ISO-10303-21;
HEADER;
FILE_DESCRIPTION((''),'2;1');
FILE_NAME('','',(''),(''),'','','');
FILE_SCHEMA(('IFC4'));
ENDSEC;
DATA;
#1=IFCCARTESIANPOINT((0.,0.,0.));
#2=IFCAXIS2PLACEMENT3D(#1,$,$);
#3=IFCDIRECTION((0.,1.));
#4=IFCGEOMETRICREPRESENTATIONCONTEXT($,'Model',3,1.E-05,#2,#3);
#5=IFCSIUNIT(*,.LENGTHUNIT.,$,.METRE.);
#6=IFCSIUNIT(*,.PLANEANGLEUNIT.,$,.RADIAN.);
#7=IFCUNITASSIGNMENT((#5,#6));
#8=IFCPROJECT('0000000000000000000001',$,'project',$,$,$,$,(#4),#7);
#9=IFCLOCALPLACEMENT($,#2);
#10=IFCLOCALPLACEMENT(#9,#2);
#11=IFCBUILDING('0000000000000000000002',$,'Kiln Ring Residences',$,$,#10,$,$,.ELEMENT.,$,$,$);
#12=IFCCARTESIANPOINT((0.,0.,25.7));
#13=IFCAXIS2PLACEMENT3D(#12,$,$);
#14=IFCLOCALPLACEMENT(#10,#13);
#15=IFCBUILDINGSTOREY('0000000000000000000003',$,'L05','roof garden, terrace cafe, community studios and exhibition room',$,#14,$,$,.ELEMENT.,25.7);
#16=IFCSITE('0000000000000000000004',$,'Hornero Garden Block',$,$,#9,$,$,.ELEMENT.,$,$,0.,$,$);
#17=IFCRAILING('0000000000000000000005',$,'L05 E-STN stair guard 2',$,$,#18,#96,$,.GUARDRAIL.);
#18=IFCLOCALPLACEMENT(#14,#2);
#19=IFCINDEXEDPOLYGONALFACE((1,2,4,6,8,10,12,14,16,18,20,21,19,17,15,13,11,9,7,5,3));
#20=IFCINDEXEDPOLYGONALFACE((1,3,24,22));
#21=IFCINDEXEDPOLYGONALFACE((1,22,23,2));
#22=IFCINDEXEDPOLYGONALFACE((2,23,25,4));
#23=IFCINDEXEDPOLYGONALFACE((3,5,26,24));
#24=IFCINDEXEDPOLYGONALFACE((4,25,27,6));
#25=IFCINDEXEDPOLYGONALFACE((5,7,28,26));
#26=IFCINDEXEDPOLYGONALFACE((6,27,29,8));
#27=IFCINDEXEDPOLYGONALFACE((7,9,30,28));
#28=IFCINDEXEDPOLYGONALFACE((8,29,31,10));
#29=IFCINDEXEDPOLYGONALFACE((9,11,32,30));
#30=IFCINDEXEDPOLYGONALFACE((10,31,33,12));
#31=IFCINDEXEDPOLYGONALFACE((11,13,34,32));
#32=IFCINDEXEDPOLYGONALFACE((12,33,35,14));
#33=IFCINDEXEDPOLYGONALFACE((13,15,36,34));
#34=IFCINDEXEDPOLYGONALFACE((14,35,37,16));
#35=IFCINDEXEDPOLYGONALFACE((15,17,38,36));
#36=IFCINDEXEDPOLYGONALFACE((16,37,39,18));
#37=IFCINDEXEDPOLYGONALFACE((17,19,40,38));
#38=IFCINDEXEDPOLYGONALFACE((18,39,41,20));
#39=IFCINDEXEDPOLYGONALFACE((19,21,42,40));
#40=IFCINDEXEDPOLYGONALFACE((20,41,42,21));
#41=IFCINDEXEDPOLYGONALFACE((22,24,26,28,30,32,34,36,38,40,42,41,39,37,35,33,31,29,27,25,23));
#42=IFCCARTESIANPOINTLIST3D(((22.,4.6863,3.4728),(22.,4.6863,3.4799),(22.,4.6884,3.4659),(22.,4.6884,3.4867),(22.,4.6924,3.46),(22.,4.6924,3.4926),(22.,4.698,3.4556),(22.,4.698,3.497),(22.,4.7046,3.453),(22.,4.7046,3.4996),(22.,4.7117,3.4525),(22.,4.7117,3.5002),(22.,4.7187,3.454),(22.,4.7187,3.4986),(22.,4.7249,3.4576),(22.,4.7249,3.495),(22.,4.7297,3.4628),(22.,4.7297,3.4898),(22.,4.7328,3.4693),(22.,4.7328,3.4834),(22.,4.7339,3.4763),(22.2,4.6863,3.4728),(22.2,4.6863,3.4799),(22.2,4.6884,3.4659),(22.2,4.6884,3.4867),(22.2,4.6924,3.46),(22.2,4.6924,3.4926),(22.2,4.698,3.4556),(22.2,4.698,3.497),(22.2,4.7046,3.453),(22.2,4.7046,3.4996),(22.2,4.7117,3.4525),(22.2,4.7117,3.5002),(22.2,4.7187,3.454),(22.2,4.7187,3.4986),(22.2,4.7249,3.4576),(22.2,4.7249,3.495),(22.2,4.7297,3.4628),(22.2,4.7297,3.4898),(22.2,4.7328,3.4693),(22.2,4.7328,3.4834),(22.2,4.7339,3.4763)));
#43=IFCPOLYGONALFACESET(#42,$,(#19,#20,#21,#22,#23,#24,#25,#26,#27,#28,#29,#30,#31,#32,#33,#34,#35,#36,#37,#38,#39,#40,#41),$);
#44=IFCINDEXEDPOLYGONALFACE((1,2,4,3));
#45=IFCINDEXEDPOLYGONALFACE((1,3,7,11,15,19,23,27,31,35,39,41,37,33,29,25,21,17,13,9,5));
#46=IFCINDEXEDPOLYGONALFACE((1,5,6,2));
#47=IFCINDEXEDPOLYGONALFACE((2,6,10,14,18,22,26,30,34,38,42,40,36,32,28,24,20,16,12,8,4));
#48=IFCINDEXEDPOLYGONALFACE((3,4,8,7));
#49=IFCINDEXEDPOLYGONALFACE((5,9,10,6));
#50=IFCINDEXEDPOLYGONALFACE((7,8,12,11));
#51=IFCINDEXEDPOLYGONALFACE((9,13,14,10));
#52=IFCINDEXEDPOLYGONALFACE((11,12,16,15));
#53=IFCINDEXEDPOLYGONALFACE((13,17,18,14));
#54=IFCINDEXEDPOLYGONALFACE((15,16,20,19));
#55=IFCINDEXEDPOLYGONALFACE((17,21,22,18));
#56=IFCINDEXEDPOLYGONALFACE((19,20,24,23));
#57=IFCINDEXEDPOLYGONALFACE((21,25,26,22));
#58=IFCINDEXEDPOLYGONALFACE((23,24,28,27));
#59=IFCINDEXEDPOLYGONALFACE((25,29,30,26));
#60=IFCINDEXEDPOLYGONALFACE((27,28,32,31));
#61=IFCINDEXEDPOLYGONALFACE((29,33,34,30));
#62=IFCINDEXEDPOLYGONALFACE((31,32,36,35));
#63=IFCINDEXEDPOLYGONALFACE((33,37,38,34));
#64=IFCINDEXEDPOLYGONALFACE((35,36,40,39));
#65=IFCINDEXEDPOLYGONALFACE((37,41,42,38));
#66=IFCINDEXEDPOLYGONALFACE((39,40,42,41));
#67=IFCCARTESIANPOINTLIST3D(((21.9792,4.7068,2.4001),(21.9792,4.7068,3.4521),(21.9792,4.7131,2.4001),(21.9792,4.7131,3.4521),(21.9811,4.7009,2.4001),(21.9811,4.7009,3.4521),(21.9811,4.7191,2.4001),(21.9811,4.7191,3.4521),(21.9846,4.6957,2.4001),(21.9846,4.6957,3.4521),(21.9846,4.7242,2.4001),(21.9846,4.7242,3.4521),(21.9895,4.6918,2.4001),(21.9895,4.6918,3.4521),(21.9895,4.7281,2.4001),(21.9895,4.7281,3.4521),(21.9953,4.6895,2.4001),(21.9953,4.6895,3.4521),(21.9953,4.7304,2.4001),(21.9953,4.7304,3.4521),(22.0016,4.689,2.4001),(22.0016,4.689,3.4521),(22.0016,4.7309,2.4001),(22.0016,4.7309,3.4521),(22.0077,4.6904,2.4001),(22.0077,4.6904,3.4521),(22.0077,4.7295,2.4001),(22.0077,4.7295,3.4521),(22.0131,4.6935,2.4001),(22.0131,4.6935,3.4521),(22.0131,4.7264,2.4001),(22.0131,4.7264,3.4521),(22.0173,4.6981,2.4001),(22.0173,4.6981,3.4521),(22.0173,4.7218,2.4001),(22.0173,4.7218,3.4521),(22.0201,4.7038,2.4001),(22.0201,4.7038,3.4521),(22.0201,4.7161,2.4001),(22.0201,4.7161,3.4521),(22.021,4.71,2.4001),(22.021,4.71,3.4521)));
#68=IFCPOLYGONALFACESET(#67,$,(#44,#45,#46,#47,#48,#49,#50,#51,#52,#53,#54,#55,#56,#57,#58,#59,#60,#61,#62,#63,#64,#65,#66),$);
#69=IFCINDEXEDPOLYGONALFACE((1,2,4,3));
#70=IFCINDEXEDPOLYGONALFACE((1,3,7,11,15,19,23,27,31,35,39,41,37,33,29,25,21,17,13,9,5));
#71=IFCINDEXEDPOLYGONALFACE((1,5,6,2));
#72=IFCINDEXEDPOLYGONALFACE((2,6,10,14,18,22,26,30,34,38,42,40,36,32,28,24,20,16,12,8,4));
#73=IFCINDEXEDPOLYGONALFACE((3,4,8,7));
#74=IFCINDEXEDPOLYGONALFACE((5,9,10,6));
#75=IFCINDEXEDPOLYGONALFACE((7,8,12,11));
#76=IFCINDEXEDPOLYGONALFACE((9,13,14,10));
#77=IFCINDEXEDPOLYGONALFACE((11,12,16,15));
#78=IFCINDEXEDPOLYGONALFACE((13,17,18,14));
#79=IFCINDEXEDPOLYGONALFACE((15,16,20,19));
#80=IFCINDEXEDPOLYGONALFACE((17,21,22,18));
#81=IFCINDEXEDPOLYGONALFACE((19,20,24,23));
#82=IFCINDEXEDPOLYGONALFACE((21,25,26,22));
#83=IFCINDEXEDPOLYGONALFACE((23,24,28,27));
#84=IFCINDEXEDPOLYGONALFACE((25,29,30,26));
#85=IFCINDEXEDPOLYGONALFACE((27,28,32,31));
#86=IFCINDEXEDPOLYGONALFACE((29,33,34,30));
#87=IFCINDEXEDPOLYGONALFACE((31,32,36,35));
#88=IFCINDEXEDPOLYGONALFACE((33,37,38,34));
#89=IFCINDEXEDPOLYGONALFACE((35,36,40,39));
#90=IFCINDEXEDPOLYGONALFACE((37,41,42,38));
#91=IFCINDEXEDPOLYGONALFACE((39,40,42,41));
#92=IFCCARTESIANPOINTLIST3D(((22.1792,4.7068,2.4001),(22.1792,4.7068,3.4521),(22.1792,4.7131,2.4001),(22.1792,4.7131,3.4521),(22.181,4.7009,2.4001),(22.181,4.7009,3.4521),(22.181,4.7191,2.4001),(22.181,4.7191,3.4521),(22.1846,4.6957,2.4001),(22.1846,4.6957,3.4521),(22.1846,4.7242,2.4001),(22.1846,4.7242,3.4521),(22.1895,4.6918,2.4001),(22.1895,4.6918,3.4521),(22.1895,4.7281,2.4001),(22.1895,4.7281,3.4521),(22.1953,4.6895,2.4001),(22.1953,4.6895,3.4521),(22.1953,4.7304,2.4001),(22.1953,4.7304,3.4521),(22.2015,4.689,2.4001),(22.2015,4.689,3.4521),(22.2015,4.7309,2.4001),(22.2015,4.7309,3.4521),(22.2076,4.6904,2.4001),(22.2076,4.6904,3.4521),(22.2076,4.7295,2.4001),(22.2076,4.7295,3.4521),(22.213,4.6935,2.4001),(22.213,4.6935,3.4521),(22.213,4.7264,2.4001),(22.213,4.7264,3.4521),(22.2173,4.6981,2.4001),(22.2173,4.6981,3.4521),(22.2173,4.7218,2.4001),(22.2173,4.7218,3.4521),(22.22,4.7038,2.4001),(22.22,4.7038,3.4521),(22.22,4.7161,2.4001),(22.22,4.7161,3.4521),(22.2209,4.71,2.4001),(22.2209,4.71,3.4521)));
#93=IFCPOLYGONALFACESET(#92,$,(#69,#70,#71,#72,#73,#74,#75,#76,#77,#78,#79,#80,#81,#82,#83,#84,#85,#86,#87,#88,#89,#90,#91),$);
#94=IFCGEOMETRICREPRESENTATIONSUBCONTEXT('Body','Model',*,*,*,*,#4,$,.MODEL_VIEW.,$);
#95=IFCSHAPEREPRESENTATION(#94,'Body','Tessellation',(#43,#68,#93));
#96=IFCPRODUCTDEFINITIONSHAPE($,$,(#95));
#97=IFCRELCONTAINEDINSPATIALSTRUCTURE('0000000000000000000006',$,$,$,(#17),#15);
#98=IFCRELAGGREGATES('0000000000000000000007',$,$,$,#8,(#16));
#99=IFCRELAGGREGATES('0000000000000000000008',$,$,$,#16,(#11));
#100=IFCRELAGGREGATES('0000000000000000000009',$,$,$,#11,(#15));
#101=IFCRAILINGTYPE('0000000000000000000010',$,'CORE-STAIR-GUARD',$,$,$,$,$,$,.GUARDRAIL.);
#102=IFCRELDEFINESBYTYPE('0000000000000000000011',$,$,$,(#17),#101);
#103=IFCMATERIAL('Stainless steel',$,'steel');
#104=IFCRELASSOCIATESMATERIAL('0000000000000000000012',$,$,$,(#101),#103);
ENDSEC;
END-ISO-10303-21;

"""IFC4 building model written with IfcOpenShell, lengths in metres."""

from ifc_helpers import new_model, si_unit, direction, frame, origin, origin_2d, place, context, subcontext, project, spatial, circle, extrude, material, type_object, element, save


model = new_model("IFC4")

# Units and contexts
model_context = context("Model", 3, precision=1e-05, world=origin(), true_north=direction((0.0, 1.0)))
body_context = subcontext(model_context, "Body", "Model", "MODEL_VIEW")
ifc_project = project(units=[si_unit("LENGTHUNIT", "METRE"), si_unit("PLANEANGLEUNIT", "RADIAN")], contexts=[model_context])

# Site, building, storey
site_placement = place(None, origin())
site = spatial("IfcSite", under=ifc_project, at=site_placement, Name="Hornero Garden Block", CompositionType="ELEMENT", RefElevation=0.0)
building_placement = place(site_placement, origin())
building = spatial("IfcBuilding", under=site, at=building_placement, Name="Kiln Ring Residences", CompositionType="ELEMENT")
storey_placement = place(building_placement, frame((0.0, 0.0, 25.7)))
storey = spatial("IfcBuildingStorey", under=building, at=storey_placement, Name="L05", Description="roof garden, terrace cafe, community studios and exhibition room", CompositionType="ELEMENT", Elevation=25.7)

# Railing
ifc_material_1 = material(Name="Stainless steel", Category="steel")
railing_type_1 = type_object("IfcRailingType", Name="CORE-STAIR-GUARD", PredefinedType="GUARDRAIL", material=ifc_material_1)
railing_1_placement = place(storey_placement, frame((22.0, 4.71, 2.4001)))
element("IfcRailing", 1, at=railing_1_placement, inside=storey, type_object=railing_type_1, Name="L05 E-STN stair guard 2", PredefinedType="GUARDRAIL", context=body_context, shape_type="SweptSolid", body=[
    extrude(circle(Radius=0.0239, at=origin_2d()), frame((0.0, 0.0, 1.0762), z_axis=(1.0, 0.0, 0.0), x_axis=(0.0, 1.0, 0.0)), (0.0, 0.0, 1.0), 0.2),
    extrude(circle(Radius=0.021, at=origin_2d()), origin(), (0.0, 0.0, 1.0), 1.052),
    extrude(circle(Radius=0.021, at=origin_2d()), frame((0.2, 0.0, 0.0)), (0.0, 0.0, 1.0), 1.052),
])

save(model, "model.ifc")
